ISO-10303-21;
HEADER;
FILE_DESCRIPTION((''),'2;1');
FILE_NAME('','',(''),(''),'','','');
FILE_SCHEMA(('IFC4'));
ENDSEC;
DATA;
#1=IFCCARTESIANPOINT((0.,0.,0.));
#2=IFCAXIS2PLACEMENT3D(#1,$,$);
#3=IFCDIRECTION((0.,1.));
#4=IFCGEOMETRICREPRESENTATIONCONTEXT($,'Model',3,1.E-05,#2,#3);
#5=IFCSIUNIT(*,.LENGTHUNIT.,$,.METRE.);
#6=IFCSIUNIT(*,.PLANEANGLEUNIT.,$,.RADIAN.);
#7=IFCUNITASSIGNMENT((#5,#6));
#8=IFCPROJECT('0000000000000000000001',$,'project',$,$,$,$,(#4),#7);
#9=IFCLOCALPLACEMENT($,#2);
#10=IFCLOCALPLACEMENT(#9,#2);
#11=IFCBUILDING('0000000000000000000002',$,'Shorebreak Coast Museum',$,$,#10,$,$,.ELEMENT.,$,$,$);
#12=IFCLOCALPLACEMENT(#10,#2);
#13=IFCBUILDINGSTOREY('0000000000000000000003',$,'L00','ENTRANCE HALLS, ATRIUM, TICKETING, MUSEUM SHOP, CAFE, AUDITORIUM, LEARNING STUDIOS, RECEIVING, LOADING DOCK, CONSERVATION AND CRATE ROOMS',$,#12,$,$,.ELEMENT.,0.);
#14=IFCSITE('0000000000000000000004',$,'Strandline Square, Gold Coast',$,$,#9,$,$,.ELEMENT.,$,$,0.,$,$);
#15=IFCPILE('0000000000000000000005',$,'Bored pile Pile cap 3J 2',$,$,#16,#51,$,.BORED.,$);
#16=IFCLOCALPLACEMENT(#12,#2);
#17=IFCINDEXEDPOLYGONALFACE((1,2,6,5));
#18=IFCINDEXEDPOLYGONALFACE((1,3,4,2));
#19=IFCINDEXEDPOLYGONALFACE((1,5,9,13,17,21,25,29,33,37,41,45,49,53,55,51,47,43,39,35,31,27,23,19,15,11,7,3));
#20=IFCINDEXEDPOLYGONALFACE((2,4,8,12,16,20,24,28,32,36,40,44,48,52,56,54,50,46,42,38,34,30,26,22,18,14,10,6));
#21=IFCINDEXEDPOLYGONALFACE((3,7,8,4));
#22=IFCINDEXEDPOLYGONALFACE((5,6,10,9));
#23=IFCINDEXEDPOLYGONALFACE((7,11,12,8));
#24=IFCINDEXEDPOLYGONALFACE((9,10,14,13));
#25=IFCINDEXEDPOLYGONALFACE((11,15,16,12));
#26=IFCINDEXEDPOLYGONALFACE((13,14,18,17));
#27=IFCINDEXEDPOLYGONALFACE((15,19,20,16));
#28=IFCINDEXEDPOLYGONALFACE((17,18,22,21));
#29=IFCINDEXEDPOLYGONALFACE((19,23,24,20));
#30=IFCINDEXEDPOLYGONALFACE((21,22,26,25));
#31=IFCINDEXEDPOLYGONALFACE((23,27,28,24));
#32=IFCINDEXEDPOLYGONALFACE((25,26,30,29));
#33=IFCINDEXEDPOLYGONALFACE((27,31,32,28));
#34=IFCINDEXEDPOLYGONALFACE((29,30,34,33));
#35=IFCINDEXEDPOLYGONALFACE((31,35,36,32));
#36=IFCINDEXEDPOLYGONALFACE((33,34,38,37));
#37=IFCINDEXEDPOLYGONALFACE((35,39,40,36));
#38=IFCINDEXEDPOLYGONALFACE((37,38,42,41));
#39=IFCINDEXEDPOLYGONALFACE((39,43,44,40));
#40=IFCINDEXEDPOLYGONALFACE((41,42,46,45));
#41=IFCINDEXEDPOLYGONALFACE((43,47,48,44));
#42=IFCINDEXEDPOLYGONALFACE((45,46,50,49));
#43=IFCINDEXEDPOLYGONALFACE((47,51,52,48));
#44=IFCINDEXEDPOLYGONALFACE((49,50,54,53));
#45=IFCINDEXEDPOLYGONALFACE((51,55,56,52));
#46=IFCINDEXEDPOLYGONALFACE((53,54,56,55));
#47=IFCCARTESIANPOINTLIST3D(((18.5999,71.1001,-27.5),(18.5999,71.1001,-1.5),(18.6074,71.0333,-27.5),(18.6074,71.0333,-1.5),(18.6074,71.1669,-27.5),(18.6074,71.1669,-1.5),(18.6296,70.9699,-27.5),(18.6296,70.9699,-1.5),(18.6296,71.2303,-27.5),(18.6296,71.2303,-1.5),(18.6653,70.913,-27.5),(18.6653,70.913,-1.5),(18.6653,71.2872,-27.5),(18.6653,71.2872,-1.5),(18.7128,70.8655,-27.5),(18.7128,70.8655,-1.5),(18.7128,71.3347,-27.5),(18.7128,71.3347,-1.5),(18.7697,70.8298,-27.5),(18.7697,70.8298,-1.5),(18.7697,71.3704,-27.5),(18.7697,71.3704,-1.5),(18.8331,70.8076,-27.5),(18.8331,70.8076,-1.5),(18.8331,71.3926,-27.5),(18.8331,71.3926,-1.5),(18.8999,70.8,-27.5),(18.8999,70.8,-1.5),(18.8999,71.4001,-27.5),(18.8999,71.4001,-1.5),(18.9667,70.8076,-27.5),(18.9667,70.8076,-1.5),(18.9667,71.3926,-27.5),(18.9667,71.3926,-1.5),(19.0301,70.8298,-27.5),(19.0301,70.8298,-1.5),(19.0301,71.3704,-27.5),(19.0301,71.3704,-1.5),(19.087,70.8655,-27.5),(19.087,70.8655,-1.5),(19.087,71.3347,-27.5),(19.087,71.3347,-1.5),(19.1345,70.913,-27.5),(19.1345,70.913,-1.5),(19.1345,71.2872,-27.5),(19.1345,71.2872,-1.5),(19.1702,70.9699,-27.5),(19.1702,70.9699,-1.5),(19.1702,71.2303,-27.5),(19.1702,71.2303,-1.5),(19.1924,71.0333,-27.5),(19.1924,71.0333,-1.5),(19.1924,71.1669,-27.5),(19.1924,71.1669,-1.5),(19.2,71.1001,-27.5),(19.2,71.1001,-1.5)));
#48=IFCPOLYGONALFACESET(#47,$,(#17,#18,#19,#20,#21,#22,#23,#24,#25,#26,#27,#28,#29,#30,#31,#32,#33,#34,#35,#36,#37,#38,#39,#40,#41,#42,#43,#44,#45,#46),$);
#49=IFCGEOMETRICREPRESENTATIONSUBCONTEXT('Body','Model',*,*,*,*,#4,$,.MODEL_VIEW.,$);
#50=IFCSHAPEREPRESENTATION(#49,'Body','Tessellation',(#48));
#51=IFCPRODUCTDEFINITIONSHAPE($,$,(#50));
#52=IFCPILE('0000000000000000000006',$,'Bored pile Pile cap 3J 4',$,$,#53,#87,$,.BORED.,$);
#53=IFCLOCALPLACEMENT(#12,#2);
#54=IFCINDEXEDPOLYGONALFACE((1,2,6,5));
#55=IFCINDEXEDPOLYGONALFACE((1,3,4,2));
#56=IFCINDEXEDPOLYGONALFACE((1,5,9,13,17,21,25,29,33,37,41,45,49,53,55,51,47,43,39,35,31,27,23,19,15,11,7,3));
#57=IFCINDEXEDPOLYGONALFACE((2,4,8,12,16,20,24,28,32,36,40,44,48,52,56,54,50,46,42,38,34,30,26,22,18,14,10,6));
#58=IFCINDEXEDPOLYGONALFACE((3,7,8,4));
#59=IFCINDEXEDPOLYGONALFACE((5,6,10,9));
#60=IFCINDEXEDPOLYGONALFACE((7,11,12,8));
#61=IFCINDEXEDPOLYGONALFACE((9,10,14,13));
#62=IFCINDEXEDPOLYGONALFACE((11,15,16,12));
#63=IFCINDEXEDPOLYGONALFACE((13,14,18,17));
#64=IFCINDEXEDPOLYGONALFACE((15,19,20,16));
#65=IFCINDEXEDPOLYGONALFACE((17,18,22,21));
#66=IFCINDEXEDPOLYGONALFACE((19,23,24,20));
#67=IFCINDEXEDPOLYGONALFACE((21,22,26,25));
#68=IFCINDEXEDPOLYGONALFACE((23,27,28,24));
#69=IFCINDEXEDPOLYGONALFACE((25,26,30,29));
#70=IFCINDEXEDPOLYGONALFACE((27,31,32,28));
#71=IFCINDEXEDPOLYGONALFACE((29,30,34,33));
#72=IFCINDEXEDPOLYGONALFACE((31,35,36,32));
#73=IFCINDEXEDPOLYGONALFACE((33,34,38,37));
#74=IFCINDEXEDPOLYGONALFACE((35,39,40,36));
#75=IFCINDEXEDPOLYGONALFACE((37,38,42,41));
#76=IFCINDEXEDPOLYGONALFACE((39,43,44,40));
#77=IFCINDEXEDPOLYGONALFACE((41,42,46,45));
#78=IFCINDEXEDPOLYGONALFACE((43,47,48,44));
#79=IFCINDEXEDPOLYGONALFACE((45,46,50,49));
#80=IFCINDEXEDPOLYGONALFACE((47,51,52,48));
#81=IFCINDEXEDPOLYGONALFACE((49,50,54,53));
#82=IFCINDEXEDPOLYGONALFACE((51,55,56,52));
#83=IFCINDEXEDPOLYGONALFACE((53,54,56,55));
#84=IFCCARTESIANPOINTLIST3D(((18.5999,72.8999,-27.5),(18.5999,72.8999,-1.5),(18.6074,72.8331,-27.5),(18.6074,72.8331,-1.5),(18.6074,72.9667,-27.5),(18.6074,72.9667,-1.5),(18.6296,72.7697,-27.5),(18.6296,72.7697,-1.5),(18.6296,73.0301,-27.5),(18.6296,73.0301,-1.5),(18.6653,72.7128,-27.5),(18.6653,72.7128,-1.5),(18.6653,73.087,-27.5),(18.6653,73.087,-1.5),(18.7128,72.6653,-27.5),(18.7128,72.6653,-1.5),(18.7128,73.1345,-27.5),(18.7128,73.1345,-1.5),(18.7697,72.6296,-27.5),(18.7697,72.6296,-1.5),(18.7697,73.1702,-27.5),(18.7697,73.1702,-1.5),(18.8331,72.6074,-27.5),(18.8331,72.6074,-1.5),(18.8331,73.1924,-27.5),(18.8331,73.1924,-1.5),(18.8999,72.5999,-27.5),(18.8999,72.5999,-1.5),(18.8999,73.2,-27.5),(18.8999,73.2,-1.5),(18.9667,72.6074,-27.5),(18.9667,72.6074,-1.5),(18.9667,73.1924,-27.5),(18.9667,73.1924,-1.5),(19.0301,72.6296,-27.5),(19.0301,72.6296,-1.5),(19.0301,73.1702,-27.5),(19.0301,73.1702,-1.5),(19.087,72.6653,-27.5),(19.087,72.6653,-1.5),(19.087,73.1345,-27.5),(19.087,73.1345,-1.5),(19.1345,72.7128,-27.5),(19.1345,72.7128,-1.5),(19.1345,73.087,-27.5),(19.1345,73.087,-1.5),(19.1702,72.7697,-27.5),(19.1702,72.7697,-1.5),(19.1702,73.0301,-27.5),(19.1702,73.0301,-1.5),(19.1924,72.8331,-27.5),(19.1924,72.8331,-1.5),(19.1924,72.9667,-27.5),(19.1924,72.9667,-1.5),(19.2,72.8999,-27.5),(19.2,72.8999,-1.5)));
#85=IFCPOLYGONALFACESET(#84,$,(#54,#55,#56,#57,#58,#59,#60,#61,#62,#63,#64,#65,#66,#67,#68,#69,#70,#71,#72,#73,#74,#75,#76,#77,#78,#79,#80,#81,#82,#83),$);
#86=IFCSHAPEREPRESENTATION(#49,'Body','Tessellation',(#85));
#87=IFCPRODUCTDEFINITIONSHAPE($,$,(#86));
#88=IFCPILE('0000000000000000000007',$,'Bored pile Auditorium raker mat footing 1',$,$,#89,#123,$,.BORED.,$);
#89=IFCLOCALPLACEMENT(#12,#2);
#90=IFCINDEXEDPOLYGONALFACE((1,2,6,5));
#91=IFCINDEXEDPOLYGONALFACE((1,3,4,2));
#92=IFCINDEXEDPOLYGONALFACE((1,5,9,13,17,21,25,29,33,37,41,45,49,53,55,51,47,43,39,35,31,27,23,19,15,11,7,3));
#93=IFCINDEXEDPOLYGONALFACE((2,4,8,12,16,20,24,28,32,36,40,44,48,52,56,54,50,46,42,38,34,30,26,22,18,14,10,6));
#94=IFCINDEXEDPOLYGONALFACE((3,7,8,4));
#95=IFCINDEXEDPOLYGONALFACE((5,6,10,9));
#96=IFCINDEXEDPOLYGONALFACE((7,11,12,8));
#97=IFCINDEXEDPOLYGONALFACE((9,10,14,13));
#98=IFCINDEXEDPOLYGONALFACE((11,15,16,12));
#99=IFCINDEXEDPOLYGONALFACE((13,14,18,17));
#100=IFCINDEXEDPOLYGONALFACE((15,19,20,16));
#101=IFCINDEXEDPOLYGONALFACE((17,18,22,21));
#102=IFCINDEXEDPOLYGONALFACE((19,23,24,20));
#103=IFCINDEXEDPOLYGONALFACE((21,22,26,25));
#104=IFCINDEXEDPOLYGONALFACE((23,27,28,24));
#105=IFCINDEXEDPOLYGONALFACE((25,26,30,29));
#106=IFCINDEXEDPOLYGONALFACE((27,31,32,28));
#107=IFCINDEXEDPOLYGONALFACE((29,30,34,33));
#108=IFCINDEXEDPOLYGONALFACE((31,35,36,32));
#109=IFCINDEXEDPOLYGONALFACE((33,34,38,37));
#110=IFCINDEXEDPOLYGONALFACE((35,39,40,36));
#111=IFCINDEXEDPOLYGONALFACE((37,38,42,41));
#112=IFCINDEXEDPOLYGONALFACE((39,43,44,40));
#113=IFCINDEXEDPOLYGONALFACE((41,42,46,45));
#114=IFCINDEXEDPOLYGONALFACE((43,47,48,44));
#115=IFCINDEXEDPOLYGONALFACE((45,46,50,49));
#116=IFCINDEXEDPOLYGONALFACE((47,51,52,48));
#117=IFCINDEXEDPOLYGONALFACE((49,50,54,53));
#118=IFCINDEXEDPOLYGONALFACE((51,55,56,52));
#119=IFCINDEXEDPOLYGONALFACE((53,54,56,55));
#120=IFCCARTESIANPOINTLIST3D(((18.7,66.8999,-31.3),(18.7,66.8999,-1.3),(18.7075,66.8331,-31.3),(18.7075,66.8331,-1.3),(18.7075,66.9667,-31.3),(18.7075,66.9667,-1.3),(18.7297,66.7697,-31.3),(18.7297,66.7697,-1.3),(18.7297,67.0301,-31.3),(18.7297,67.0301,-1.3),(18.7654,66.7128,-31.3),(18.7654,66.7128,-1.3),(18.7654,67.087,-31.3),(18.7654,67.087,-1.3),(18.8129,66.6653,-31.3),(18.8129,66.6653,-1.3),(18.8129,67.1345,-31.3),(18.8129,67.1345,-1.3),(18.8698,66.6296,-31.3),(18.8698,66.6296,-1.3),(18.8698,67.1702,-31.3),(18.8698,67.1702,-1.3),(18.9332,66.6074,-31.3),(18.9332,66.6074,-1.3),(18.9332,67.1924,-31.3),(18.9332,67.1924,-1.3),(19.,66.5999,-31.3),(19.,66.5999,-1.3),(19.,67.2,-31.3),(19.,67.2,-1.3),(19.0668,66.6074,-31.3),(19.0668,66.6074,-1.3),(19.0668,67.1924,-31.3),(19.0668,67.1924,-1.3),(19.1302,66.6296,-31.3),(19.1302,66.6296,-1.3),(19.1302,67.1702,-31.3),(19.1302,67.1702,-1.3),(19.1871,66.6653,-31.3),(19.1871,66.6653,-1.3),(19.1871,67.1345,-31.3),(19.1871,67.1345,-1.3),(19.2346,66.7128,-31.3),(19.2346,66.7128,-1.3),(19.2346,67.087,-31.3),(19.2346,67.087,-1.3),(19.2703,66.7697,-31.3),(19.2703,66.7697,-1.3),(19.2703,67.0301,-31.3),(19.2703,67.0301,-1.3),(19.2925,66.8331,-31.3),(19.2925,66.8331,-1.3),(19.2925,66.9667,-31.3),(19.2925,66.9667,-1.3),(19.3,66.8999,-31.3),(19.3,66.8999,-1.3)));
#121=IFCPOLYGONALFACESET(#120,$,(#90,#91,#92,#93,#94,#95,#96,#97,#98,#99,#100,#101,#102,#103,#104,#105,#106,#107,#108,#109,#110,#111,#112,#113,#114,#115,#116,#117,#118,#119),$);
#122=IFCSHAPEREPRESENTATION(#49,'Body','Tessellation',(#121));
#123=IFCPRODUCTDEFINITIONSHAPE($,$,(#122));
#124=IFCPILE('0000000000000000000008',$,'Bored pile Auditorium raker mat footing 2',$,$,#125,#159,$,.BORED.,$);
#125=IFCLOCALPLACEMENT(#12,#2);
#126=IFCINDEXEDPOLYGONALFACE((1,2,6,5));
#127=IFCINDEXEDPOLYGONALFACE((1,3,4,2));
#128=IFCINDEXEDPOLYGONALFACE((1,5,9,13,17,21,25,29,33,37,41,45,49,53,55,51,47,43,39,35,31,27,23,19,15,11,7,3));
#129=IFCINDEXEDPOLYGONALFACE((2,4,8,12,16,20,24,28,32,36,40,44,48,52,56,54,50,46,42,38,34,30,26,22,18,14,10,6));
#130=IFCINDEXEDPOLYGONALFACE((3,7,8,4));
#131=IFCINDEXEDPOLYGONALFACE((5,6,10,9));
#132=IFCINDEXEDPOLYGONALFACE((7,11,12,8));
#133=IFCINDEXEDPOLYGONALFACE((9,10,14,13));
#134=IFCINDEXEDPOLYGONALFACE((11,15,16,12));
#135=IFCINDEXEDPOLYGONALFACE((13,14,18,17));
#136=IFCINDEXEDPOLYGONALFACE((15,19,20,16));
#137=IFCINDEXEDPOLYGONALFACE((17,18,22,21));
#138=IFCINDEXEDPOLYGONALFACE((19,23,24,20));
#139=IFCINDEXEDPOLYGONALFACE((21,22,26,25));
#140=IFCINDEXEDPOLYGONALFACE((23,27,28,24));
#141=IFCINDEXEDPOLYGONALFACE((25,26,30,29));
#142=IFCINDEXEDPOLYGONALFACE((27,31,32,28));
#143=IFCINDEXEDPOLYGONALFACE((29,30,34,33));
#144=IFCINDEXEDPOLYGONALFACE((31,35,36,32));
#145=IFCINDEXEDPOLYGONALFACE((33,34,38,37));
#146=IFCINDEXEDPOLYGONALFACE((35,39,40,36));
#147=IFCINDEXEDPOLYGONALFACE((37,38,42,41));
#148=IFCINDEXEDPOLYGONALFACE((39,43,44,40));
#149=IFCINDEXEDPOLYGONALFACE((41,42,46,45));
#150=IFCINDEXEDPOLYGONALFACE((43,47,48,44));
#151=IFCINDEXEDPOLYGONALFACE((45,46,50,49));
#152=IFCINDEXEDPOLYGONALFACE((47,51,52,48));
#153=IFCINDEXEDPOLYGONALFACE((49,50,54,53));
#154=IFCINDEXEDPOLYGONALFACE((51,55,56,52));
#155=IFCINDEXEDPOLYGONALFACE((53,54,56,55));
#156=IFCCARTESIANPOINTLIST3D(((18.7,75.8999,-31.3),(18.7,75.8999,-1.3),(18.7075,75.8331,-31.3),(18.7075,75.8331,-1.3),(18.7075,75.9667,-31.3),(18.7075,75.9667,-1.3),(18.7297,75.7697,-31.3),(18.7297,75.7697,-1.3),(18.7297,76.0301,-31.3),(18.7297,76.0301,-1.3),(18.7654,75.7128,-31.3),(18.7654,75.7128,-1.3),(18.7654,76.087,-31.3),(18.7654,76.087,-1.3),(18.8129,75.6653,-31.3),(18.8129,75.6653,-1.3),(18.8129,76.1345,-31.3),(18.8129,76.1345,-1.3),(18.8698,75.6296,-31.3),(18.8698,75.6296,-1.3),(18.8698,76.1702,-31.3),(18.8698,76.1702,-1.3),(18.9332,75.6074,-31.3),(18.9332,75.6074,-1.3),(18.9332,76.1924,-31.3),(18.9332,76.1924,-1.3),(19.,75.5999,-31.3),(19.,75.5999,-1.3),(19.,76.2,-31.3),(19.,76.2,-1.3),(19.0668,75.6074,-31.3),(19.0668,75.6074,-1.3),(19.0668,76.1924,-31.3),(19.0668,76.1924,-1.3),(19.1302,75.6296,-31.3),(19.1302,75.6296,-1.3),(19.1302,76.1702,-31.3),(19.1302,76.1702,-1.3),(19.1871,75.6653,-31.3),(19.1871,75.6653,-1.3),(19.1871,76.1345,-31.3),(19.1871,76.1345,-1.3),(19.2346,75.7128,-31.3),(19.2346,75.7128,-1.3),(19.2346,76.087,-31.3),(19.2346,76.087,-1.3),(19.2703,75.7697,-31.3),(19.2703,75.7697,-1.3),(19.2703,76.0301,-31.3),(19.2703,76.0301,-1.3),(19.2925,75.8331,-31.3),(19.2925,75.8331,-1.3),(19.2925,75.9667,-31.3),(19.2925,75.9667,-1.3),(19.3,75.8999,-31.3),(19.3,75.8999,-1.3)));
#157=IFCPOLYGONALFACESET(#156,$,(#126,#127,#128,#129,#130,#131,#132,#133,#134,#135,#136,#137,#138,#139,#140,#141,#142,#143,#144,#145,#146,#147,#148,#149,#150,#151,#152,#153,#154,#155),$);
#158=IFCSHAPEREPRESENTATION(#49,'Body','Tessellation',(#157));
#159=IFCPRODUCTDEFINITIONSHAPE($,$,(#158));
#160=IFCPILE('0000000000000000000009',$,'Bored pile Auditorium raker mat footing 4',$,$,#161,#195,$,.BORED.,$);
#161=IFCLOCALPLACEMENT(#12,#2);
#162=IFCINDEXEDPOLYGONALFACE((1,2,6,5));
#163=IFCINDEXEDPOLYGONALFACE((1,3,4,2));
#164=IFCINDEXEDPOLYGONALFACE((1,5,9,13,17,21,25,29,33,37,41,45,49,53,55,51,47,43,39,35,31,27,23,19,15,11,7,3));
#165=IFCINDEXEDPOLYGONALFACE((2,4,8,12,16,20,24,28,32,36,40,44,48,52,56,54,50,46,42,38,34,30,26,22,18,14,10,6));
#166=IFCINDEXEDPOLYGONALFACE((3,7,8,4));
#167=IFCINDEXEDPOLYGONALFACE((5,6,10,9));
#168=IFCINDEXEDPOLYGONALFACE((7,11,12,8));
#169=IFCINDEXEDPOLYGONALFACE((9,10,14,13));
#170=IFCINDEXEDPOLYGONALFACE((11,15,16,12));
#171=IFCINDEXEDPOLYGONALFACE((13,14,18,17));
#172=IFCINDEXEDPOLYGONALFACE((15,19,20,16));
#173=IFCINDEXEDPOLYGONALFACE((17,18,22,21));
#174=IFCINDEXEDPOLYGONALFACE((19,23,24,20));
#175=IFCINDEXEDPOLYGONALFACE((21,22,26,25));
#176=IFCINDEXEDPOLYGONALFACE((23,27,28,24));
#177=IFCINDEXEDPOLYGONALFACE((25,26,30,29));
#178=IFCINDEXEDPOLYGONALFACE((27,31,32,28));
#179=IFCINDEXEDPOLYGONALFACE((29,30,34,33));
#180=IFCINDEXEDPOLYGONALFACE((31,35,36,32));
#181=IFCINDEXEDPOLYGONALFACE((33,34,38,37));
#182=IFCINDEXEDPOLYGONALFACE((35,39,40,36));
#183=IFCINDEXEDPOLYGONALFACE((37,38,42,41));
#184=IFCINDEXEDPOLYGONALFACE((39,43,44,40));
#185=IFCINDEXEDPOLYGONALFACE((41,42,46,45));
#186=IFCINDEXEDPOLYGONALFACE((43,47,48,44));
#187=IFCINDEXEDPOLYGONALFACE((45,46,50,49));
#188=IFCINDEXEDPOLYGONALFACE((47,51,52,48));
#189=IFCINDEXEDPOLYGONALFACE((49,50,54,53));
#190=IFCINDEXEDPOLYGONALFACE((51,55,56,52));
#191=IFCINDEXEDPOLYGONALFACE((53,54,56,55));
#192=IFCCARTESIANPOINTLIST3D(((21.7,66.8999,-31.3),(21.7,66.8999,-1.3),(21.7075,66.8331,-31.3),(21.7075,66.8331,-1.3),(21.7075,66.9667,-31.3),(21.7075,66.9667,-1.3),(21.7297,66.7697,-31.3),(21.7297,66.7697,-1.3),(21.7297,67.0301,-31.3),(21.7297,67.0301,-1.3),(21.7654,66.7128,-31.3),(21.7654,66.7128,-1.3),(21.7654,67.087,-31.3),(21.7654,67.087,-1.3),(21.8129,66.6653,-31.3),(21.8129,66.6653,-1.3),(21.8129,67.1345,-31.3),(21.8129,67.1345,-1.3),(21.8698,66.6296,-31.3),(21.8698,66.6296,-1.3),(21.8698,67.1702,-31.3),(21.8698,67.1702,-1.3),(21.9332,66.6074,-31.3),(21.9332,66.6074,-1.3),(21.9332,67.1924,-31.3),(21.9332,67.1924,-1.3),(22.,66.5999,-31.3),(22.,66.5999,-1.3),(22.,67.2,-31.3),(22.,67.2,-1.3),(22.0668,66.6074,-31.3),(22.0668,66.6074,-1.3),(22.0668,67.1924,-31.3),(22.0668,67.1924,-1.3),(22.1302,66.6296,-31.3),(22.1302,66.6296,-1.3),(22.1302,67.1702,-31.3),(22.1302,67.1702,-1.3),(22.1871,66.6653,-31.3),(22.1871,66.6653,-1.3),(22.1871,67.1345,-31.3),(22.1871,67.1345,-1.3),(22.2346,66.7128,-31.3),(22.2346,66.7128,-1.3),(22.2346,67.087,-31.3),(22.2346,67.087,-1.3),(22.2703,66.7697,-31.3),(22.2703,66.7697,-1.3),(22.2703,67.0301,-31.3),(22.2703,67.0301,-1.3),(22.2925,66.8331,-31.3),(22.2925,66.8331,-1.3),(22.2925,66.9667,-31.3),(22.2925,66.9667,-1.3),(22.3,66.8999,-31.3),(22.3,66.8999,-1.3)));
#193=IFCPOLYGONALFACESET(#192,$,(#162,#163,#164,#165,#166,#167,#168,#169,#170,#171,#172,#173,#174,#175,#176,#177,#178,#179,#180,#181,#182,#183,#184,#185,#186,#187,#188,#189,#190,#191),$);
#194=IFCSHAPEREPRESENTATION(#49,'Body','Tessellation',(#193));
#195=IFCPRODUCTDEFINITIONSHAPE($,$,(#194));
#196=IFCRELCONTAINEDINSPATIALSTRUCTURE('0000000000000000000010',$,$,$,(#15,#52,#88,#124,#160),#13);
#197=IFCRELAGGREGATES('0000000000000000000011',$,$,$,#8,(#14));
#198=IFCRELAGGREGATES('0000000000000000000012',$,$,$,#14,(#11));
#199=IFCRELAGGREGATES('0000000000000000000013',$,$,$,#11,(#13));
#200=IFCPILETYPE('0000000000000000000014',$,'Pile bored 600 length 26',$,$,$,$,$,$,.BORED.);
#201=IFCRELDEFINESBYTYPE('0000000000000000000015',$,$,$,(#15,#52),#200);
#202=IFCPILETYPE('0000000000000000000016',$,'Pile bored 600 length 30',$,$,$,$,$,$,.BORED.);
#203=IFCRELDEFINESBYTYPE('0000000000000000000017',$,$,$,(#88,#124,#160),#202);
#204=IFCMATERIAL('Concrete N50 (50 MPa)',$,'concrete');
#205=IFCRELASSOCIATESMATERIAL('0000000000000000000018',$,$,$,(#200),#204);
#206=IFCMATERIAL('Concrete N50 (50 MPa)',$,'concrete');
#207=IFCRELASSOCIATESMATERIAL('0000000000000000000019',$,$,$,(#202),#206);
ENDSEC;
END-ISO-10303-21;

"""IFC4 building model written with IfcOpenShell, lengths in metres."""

from ifc_helpers import new_model, si_unit, direction, frame, origin, origin_2d, place, context, subcontext, project, spatial, circle, extrude, material, material_profile, profile_set, type_object, element, save


model = new_model("IFC4")

# Units and contexts
model_context = context("Model", 3, precision=1e-05, world=origin(), true_north=direction((0.0, 1.0)))
body_context = subcontext(model_context, "Body", "Model", "MODEL_VIEW")
ifc_project = project(units=[si_unit("LENGTHUNIT", "METRE"), si_unit("PLANEANGLEUNIT", "RADIAN")], contexts=[model_context])

# Site, building, storey
site_placement = place(None, origin())
site = spatial("IfcSite", under=ifc_project, at=site_placement, Name="Strandline Square, Gold Coast", CompositionType="ELEMENT", RefElevation=0.0)
building_placement = place(site_placement, origin())
building = spatial("IfcBuilding", under=site, at=building_placement, Name="Shorebreak Coast Museum", CompositionType="ELEMENT")
storey_placement = place(building_placement, origin())
storey = spatial("IfcBuildingStorey", under=building, at=storey_placement, Name="L00", Description="ENTRANCE HALLS, ATRIUM, TICKETING, MUSEUM SHOP, CAFE, AUDITORIUM, LEARNING STUDIOS, RECEIVING, LOADING DOCK, CONSERVATION AND CRATE ROOMS", CompositionType="ELEMENT", Elevation=0.0)

# Piles
ifc_material_1 = material(Name="Concrete N50 (50 MPa)", Category="concrete")
ifc_material_profile_1 = material_profile(ifc_material_1, circle(Radius=0.3, at=origin_2d()), Name="Pile bored 600 length 26")
ifc_profile_set_1 = profile_set([ifc_material_profile_1], Name="Concrete N50 (50 MPa)")
pile_type_1 = type_object("IfcPileType", Name="Pile bored 600 length 26", PredefinedType="BORED", material=ifc_profile_set_1)
for number, where, z_axis, x_axis, name in (
    (1, (18.8999, 71.1001, -1.5), (0.0, 0.0, -1.0), (1.0, 0.0, 0.0), "Bored pile Pile cap 3J 2"),
    (2, (18.8999, 72.8999, -1.5), (0.0, 0.0, -1.0), (1.0, 0.0, 0.0), "Bored pile Pile cap 3J 4"),
):
    element("IfcPile", number, at=place(storey_placement, frame(where, z_axis=z_axis, x_axis=x_axis)), inside=storey, type_object=pile_type_1, Name=name, PredefinedType="BORED", context=body_context, shape_type="SweptSolid", body=[
        extrude(circle(Radius=0.3, at=origin_2d()), origin(), (0.0, 0.0, 1.0), 26.0),
    ])
ifc_material_2 = material(Name="Concrete N50 (50 MPa)", Category="concrete")
ifc_material_profile_2 = material_profile(ifc_material_2, circle(Radius=0.3, at=origin_2d()), Name="Pile bored 600 length 30")
ifc_profile_set_2 = profile_set([ifc_material_profile_2], Name="Concrete N50 (50 MPa)")
pile_type_2 = type_object("IfcPileType", Name="Pile bored 600 length 30", PredefinedType="BORED", material=ifc_profile_set_2)
for number, where, z_axis, x_axis, name in (
    (3, (19.0, 66.8999, -1.3), (0.0, 0.0, -1.0), (1.0, 0.0, 0.0), "Bored pile Auditorium raker mat footing 1"),
    (4, (19.0, 75.8999, -1.3), (0.0, 0.0, -1.0), (1.0, 0.0, 0.0), "Bored pile Auditorium raker mat footing 2"),
    (5, (22.0, 66.8999, -1.3), (0.0, 0.0, -1.0), (1.0, 0.0, 0.0), "Bored pile Auditorium raker mat footing 4"),
):
    element("IfcPile", number, at=place(storey_placement, frame(where, z_axis=z_axis, x_axis=x_axis)), inside=storey, type_object=pile_type_2, Name=name, PredefinedType="BORED", context=body_context, shape_type="SweptSolid", body=[
        extrude(circle(Radius=0.3, at=origin_2d()), origin(), (0.0, 0.0, 1.0), 30.0),
    ])

save(model, "model.ifc")
